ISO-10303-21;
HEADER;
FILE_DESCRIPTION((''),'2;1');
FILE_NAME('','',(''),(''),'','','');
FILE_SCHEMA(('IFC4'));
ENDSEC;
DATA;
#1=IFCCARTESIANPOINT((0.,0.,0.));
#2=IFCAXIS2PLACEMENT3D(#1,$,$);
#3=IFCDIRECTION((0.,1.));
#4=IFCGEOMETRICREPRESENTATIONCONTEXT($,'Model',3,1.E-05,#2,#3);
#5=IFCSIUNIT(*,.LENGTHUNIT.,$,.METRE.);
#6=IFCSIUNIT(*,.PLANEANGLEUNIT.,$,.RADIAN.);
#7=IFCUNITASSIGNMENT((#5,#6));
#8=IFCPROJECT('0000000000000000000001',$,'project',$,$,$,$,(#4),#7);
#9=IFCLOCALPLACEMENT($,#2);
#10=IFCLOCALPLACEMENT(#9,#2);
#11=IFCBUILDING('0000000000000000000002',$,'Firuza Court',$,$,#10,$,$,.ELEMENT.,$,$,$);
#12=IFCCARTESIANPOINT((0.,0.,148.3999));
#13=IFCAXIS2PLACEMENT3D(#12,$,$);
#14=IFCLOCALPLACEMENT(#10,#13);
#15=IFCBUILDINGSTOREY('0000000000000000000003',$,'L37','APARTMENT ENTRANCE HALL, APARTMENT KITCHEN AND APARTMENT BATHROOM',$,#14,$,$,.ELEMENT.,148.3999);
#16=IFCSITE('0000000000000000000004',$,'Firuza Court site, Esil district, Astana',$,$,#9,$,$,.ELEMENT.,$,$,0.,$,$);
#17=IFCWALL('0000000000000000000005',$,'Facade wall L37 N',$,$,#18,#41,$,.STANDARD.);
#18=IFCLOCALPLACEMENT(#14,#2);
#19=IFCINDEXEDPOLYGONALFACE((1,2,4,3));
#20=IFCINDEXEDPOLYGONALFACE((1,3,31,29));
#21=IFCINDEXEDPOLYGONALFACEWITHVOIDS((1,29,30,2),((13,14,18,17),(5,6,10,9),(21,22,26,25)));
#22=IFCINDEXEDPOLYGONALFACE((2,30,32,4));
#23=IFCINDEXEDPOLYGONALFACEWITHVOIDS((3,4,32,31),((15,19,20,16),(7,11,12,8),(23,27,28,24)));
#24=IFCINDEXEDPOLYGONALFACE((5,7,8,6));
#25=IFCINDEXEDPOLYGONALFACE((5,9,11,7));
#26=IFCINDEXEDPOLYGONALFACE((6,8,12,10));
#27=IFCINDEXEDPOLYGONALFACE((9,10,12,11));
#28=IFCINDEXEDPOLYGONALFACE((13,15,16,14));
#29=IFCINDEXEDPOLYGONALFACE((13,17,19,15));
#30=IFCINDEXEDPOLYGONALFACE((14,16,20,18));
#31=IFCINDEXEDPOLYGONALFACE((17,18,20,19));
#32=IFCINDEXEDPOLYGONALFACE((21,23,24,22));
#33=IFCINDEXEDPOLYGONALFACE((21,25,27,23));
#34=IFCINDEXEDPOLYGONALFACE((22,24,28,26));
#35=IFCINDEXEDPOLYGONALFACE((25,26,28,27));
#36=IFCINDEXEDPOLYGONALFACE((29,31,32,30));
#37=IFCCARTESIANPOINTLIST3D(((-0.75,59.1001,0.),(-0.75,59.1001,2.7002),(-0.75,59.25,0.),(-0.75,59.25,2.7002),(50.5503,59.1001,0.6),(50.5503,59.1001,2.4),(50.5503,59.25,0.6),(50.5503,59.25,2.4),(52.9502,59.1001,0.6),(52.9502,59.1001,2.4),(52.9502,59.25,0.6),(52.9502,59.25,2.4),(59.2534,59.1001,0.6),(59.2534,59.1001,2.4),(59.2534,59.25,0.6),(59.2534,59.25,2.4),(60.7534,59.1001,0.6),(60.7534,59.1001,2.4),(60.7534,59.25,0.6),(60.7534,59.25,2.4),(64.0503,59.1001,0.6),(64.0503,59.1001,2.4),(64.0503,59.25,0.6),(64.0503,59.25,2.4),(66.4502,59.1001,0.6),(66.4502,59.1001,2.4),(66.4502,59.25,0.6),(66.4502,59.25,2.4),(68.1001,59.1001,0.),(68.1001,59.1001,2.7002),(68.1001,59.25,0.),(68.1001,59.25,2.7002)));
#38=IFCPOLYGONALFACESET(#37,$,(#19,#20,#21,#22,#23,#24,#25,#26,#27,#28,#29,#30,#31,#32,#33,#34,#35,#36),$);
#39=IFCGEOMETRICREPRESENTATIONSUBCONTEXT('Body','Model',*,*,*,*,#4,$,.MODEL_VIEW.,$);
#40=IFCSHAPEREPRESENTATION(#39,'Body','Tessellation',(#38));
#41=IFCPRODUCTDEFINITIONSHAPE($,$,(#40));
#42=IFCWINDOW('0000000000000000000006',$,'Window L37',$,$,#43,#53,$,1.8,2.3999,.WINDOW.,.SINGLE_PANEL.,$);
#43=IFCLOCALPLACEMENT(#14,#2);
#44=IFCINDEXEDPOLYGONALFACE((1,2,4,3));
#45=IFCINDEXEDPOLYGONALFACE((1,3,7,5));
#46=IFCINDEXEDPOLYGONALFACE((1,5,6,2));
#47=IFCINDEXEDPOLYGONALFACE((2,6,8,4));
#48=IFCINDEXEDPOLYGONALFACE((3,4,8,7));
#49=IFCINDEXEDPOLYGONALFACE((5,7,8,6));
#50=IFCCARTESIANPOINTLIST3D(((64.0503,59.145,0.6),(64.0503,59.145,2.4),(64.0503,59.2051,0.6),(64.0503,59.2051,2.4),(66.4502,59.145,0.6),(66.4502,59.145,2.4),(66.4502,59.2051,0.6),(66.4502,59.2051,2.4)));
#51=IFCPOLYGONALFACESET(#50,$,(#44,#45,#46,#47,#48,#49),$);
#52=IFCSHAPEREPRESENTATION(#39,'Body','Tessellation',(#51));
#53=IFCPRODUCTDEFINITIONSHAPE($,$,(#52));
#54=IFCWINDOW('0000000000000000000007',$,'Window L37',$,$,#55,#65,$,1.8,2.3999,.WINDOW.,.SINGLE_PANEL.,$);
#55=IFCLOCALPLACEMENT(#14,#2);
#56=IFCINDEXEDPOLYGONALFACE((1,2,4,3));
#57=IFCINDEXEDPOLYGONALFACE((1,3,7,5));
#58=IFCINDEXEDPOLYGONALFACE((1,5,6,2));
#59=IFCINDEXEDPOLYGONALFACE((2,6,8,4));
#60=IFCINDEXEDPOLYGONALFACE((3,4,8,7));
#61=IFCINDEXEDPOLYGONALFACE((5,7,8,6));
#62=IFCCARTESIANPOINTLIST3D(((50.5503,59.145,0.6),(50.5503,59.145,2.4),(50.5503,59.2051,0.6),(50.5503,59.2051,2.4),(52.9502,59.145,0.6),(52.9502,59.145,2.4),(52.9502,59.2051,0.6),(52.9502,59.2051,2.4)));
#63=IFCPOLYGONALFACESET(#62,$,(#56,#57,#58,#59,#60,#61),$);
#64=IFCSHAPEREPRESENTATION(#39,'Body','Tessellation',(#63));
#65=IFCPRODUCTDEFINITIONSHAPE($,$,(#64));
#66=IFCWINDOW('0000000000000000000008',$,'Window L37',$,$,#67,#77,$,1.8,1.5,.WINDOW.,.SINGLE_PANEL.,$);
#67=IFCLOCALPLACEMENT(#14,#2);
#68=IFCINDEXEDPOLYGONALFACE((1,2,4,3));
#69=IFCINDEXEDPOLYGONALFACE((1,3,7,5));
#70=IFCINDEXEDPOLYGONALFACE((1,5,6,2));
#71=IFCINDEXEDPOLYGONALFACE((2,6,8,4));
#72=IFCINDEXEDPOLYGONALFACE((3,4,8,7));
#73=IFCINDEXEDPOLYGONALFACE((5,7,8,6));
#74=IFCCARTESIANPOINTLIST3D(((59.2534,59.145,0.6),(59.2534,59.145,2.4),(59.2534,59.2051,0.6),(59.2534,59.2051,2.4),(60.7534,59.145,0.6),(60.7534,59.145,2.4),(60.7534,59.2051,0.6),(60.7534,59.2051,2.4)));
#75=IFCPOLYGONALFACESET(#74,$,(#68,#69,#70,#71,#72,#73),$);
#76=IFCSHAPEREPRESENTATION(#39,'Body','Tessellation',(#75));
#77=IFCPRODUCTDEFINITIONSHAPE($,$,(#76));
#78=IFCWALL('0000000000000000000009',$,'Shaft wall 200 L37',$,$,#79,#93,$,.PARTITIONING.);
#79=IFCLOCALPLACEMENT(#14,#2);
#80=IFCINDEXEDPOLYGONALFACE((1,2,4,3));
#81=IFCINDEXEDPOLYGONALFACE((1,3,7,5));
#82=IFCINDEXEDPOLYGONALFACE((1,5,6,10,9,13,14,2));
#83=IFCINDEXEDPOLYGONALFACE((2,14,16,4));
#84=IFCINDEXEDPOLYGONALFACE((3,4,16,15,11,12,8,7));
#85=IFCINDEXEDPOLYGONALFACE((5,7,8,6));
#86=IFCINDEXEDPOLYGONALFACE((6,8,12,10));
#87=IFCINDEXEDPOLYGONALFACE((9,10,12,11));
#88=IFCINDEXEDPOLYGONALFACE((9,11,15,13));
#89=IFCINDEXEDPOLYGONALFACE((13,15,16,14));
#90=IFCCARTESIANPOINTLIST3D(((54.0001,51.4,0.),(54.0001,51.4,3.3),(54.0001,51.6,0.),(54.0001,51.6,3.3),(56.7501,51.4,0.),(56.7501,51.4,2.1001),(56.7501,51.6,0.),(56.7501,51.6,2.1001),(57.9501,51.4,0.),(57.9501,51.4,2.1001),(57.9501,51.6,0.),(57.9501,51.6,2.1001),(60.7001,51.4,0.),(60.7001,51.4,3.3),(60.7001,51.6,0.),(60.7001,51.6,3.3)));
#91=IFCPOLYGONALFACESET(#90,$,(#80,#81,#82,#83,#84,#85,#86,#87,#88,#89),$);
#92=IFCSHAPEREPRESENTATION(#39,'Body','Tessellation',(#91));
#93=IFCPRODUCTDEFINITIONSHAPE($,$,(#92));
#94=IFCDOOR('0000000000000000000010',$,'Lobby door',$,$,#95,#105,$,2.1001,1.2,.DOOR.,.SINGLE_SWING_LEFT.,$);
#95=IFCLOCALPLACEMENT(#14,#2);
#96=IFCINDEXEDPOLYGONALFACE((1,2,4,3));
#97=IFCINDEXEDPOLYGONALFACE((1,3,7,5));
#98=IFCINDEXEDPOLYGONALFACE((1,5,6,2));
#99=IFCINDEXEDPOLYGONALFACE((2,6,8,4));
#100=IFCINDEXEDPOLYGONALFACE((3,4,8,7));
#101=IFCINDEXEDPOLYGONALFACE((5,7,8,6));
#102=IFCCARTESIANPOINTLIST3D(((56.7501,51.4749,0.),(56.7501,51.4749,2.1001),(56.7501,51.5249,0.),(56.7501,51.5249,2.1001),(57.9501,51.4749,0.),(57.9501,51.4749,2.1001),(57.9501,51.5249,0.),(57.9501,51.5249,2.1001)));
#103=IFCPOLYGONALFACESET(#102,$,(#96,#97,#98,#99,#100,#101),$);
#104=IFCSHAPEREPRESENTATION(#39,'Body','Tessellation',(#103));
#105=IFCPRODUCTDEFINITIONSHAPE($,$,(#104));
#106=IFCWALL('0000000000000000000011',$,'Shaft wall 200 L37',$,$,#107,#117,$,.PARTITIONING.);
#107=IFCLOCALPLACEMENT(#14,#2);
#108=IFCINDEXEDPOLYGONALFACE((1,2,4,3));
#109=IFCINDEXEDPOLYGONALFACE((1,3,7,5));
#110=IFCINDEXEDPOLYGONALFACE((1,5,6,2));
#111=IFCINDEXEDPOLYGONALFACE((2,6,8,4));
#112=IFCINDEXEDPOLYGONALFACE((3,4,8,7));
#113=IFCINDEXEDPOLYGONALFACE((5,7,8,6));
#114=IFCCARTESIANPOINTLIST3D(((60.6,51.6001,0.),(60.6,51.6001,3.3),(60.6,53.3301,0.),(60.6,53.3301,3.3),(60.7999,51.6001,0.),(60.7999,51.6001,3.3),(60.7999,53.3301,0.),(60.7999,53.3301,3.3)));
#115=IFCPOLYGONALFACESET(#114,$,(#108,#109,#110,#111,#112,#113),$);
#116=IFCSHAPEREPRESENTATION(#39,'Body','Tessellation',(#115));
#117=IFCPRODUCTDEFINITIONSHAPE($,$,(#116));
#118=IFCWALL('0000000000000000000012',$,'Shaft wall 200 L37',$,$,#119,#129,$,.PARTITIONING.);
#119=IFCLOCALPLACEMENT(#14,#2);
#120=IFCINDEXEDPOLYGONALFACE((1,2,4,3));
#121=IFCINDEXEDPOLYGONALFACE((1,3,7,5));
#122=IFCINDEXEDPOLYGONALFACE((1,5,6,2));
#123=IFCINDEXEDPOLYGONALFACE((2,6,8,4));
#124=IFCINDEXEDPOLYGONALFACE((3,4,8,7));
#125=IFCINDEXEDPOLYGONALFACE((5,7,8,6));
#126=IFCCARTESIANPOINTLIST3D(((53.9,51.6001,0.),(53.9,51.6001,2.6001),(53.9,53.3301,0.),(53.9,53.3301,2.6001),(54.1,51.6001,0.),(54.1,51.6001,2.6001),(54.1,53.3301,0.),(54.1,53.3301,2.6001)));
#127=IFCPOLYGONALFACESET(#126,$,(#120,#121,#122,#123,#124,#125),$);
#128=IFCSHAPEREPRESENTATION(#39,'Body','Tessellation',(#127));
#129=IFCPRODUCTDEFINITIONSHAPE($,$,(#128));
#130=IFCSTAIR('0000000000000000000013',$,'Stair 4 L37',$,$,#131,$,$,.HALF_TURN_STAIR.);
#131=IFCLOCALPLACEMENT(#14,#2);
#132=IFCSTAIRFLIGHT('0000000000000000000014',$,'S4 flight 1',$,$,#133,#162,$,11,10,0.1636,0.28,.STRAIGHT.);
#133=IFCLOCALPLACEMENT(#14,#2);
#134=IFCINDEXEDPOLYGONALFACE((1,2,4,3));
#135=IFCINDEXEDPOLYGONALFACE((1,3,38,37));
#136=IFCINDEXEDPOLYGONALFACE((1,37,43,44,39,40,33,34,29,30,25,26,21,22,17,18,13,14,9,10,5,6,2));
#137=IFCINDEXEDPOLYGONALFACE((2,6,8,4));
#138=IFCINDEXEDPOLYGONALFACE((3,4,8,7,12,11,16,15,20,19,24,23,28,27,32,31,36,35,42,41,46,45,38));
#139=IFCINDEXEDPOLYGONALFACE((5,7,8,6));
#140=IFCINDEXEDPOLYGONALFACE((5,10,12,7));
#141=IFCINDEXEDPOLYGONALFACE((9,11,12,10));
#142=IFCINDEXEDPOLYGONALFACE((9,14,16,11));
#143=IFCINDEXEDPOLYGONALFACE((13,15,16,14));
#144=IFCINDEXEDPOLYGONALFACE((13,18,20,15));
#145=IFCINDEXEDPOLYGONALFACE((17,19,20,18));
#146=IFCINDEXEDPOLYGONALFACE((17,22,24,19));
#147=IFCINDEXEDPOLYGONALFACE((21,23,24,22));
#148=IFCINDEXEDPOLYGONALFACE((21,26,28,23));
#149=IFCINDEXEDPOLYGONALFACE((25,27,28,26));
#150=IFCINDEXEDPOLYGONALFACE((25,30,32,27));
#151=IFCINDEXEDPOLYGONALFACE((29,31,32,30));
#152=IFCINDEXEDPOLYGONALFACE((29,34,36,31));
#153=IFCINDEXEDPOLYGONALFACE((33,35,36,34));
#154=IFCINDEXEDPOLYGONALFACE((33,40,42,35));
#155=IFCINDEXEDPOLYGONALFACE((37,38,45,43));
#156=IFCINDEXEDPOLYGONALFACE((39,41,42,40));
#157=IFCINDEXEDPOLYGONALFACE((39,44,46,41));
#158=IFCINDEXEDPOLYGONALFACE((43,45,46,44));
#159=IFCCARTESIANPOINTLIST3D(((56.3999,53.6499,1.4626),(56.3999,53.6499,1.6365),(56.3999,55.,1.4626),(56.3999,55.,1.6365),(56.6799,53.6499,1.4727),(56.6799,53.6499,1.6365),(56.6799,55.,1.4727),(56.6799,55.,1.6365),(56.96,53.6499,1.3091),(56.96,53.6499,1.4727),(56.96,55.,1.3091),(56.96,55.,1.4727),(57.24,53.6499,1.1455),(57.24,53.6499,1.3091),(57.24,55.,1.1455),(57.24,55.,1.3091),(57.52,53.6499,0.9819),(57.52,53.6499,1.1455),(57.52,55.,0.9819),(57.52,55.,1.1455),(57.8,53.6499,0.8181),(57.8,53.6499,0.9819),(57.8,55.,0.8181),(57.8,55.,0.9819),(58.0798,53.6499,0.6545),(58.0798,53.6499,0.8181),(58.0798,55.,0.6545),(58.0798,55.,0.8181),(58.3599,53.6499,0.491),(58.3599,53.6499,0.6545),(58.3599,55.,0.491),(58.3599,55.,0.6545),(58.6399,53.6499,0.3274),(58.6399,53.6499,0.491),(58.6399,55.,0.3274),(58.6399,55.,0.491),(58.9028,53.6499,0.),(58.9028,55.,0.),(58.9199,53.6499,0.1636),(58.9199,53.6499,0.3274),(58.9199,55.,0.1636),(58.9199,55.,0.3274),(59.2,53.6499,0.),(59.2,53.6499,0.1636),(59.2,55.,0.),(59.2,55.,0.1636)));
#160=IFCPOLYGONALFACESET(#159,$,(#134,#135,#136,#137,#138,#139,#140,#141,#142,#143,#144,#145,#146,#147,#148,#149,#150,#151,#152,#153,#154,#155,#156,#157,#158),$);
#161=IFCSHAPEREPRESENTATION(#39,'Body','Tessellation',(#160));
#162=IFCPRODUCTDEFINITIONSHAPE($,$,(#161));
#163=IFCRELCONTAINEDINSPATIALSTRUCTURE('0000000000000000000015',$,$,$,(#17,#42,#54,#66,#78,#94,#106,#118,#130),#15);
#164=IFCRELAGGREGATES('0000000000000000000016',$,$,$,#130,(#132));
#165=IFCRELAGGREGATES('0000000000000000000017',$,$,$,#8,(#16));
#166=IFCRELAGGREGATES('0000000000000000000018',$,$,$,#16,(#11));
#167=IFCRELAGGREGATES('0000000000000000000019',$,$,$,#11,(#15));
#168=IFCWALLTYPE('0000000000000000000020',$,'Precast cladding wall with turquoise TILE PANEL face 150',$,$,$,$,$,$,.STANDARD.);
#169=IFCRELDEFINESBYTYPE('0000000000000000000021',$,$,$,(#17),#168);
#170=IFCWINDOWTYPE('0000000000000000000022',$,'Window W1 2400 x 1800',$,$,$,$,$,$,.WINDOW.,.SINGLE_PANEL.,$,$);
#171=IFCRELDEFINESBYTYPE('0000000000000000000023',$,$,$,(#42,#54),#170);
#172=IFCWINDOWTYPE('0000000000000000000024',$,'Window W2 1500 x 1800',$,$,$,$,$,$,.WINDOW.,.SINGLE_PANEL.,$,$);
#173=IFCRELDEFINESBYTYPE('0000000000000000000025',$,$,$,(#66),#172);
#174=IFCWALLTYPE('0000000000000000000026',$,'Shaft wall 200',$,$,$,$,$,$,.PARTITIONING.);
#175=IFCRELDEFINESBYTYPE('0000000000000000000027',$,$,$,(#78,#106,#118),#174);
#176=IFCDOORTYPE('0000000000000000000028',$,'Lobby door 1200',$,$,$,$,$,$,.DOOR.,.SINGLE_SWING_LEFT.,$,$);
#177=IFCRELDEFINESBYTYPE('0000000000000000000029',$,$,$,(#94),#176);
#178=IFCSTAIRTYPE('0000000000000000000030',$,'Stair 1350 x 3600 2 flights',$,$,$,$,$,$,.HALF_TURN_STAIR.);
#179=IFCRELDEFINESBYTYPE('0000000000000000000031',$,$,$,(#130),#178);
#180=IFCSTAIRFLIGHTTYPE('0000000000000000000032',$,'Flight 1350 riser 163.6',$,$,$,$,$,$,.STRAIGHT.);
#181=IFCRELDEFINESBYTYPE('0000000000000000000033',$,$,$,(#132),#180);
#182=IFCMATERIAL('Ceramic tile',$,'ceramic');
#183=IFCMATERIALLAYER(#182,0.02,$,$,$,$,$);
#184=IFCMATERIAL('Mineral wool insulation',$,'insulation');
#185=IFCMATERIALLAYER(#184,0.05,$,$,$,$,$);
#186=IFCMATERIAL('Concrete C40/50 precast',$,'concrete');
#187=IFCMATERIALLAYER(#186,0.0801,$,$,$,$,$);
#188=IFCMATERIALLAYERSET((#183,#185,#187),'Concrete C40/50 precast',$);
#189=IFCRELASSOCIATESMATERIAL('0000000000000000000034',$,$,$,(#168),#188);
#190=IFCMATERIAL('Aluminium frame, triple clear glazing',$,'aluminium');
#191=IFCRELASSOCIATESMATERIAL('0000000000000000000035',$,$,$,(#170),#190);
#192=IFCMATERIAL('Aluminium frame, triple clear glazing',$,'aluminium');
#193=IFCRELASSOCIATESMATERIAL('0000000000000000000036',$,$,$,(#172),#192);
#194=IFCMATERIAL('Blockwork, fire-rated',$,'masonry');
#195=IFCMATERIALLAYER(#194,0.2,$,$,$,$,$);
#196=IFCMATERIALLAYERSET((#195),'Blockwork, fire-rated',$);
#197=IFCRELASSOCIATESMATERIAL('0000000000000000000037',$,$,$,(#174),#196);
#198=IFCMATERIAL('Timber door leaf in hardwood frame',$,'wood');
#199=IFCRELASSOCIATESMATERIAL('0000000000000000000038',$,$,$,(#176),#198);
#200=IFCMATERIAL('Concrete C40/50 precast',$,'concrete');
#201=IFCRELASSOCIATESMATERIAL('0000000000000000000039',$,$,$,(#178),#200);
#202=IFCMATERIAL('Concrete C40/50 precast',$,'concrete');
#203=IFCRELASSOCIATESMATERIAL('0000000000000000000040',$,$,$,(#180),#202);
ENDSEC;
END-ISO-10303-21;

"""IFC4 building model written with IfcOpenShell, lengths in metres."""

from ifc_helpers import new_model, si_unit, direction, frame, frame_2d, origin, place, context, subcontext, project, spatial, polyline, rectangle, outline, extrude, material, layer, layer_set, type_object, element, fill, aggregate, save


model = new_model("IFC4")

# Units and contexts
model_context = context("Model", 3, precision=1e-05, world=origin(), true_north=direction((0.0, 1.0)))
body_context = subcontext(model_context, "Body", "Model", "MODEL_VIEW")
ifc_project = project(units=[si_unit("LENGTHUNIT", "METRE"), si_unit("PLANEANGLEUNIT", "RADIAN")], contexts=[model_context])

# Site, building, storey
site_placement = place(None, origin())
site = spatial("IfcSite", under=ifc_project, at=site_placement, Name="Firuza Court site, Esil district, Astana", CompositionType="ELEMENT", RefElevation=0.0)
building_placement = place(site_placement, origin())
building = spatial("IfcBuilding", under=site, at=building_placement, Name="Firuza Court", CompositionType="ELEMENT")
storey_placement = place(building_placement, frame((0.0, 0.0, 148.3999)))
storey = spatial("IfcBuildingStorey", under=building, at=storey_placement, Name="L37", Description="APARTMENT ENTRANCE HALL, APARTMENT KITCHEN AND APARTMENT BATHROOM", CompositionType="ELEMENT", Elevation=148.3999)

# Wall, openings, windows
ifc_material_1 = material(Name="Ceramic tile", Category="ceramic")
ifc_layer_1 = layer(ifc_material_1, 0.02)
ifc_material_2 = material(Name="Mineral wool insulation", Category="insulation")
ifc_layer_2 = layer(ifc_material_2, 0.05)
ifc_material_3 = material(Name="Concrete C40/50 precast", Category="concrete")
ifc_layer_3 = layer(ifc_material_3, 0.0801)
ifc_layer_set_1 = layer_set([ifc_layer_1, ifc_layer_2, ifc_layer_3], Name="Concrete C40/50 precast")
wall_type_1 = type_object("IfcWallType", Name="Precast cladding wall with turquoise TILE PANEL face 150", PredefinedType="STANDARD", material=ifc_layer_set_1)
wall_1_placement = place(storey_placement, frame((68.1001, 59.175, 0.0), z_axis=(0.0, 0.0, 1.0), x_axis=(-1.0, 0.0, 0.0)))
wall_1 = element("IfcWall", 1, at=wall_1_placement, inside=storey, type_object=wall_type_1, Name="Facade wall L37 N", PredefinedType="STANDARD", context=body_context, shape_type="SweptSolid", body=[
    extrude(rectangle(XDim=68.8501, YDim=0.1499, at=frame_2d((34.425, 0.0))), origin(), (0.0, 0.0, 1.0), 2.7002),
])
opening_1_placement = place(wall_1_placement, frame((1.6499, 0.0, 0.6001)))
opening_1 = element("IfcOpeningElement", 2, at=opening_1_placement, cuts=wall_1, PredefinedType="OPENING", context=body_context, shape_type="SweptSolid", body=[
    extrude(rectangle(XDim=2.3999, YDim=1.8, at=frame_2d((1.2, 0.8999))), frame((0.0, 0.0869, 0.0), z_axis=(0.0, -1.0, 0.0), x_axis=(1.0, 0.0, 0.0)), (0.0, 0.0, 1.0), 0.1738),
])
opening_2_placement = place(wall_1_placement, frame((7.3467, 0.0, 0.6001)))
opening_2 = element("IfcOpeningElement", 3, at=opening_2_placement, cuts=wall_1, PredefinedType="OPENING", context=body_context, shape_type="SweptSolid", body=[
    extrude(rectangle(XDim=1.5, YDim=1.8, at=frame_2d((0.75, 0.8999))), frame((0.0, 0.0869, 0.0), z_axis=(0.0, -1.0, 0.0), x_axis=(1.0, 0.0, 0.0)), (0.0, 0.0, 1.0), 0.1738),
])
opening_3_placement = place(wall_1_placement, frame((15.1499, 0.0, 0.6001)))
opening_3 = element("IfcOpeningElement", 4, at=opening_3_placement, cuts=wall_1, PredefinedType="OPENING", context=body_context, shape_type="SweptSolid", body=[
    extrude(rectangle(XDim=2.3999, YDim=1.8, at=frame_2d((1.2, 0.8999))), frame((0.0, 0.0869, 0.0), z_axis=(0.0, -1.0, 0.0), x_axis=(1.0, 0.0, 0.0)), (0.0, 0.0, 1.0), 0.1738),
])
ifc_material_4 = material(Name="Aluminium frame, triple clear glazing", Category="aluminium")
window_type_1 = type_object("IfcWindowType", Name="Window W1 2400 x 1800", PartitioningType="SINGLE_PANEL", PredefinedType="WINDOW", material=ifc_material_4)
window_1_placement = place(opening_1_placement, origin())
window_1 = element("IfcWindow", 5, at=window_1_placement, inside=storey, type_object=window_type_1, Name="Window L37", OverallHeight=1.8, OverallWidth=2.3999, PartitioningType="SINGLE_PANEL", PredefinedType="WINDOW", context=body_context, shape_type="SweptSolid", body=[
    extrude(rectangle(XDim=2.3999, YDim=1.8, at=frame_2d((1.2, 0.8999))), frame((0.0, 0.03, 0.0), z_axis=(0.0, -1.0, 0.0), x_axis=(1.0, 0.0, 0.0)), (0.0, 0.0, 1.0), 0.0601),
])
fill(opening_1, window_1)
window_2_placement = place(opening_3_placement, origin())
window_2 = element("IfcWindow", 6, at=window_2_placement, inside=storey, type_object=window_type_1, Name="Window L37", OverallHeight=1.8, OverallWidth=2.3999, PartitioningType="SINGLE_PANEL", PredefinedType="WINDOW", context=body_context, shape_type="SweptSolid", body=[
    extrude(rectangle(XDim=2.3999, YDim=1.8, at=frame_2d((1.2, 0.8999))), frame((0.0, 0.03, 0.0), z_axis=(0.0, -1.0, 0.0), x_axis=(1.0, 0.0, 0.0)), (0.0, 0.0, 1.0), 0.0601),
])
fill(opening_3, window_2)
ifc_material_5 = material(Name="Aluminium frame, triple clear glazing", Category="aluminium")
window_type_2 = type_object("IfcWindowType", Name="Window W2 1500 x 1800", PartitioningType="SINGLE_PANEL", PredefinedType="WINDOW", material=ifc_material_5)
window_3_placement = place(opening_2_placement, origin())
window_3 = element("IfcWindow", 7, at=window_3_placement, inside=storey, type_object=window_type_2, Name="Window L37", OverallHeight=1.8, OverallWidth=1.5, PartitioningType="SINGLE_PANEL", PredefinedType="WINDOW", context=body_context, shape_type="SweptSolid", body=[
    extrude(rectangle(XDim=1.5, YDim=1.8, at=frame_2d((0.75, 0.8999))), frame((0.0, 0.03, 0.0), z_axis=(0.0, -1.0, 0.0), x_axis=(1.0, 0.0, 0.0)), (0.0, 0.0, 1.0), 0.0601),
])
fill(opening_2, window_3)

# Wall, opening, door
ifc_material_6 = material(Name="Blockwork, fire-rated", Category="masonry")
ifc_layer_4 = layer(ifc_material_6, 0.2)
ifc_layer_set_2 = layer_set([ifc_layer_4], Name="Blockwork, fire-rated")
wall_type_2 = type_object("IfcWallType", Name="Shaft wall 200", PredefinedType="PARTITIONING", material=ifc_layer_set_2)
wall_2_placement = place(storey_placement, frame((54.0, 51.5, 0.0), z_axis=(0.0, 0.0, 1.0), x_axis=(1.0, 0.0, 0.0)))
wall_2 = element("IfcWall", 8, at=wall_2_placement, inside=storey, type_object=wall_type_2, Name="Shaft wall 200 L37", PredefinedType="PARTITIONING", context=body_context, shape_type="SweptSolid", body=[
    extrude(rectangle(XDim=6.7, YDim=0.2, at=frame_2d((3.3501, 0.0))), origin(), (0.0, 0.0, 1.0), 3.3),
])
opening_4_placement = place(wall_2_placement, frame((2.75, 0.0, 0.0)))
opening_4 = element("IfcOpeningElement", 9, at=opening_4_placement, cuts=wall_2, PredefinedType="OPENING", context=body_context, shape_type="SweptSolid", body=[
    extrude(rectangle(XDim=1.2, YDim=2.1001, at=frame_2d((0.6001, 1.05))), frame((0.0, 0.1118, 0.0), z_axis=(0.0, -1.0, 0.0), x_axis=(1.0, 0.0, 0.0)), (0.0, 0.0, 1.0), 0.2239),
])
ifc_material_7 = material(Name="Timber door leaf in hardwood frame", Category="wood")
door_type_1 = type_object("IfcDoorType", Name="Lobby door 1200", OperationType="SINGLE_SWING_LEFT", PredefinedType="DOOR", material=ifc_material_7)
door_1_placement = place(opening_4_placement, origin())
door_1 = element("IfcDoor", 10, at=door_1_placement, inside=storey, type_object=door_type_1, Name="Lobby door", OperationType="SINGLE_SWING_LEFT", OverallHeight=2.1001, OverallWidth=1.2, PredefinedType="DOOR", context=body_context, shape_type="SweptSolid", body=[
    extrude(rectangle(XDim=1.2, YDim=2.1001, at=frame_2d((0.6001, 1.05))), frame((0.0, 0.0249, 0.0), z_axis=(0.0, -1.0, 0.0), x_axis=(1.0, 0.0, 0.0)), (0.0, 0.0, 1.0), 0.05),
])
fill(opening_4, door_1)

# Walls
wall_3_placement = place(storey_placement, frame((60.7, 51.6001, 0.0), z_axis=(0.0, 0.0, 1.0), x_axis=(0.0, 1.0, 0.0)))
element("IfcWall", 11, at=wall_3_placement, inside=storey, type_object=wall_type_2, Name="Shaft wall 200 L37", PredefinedType="PARTITIONING", context=body_context, shape_type="SweptSolid", body=[
    extrude(rectangle(XDim=1.73, YDim=0.2, at=frame_2d((0.865, 0.0))), origin(), (0.0, 0.0, 1.0), 3.3),
])
wall_4_placement = place(storey_placement, frame((54.0, 51.6001, 0.0), z_axis=(0.0, 0.0, 1.0), x_axis=(0.0, 1.0, 0.0)))
element("IfcWall", 12, at=wall_4_placement, inside=storey, type_object=wall_type_2, Name="Shaft wall 200 L37", PredefinedType="PARTITIONING", context=body_context, shape_type="SweptSolid", body=[
    extrude(rectangle(XDim=1.73, YDim=0.2, at=frame_2d((0.865, 0.0))), origin(), (0.0, 0.0, 1.0), 2.6001),
])

# Stair, stair flight
ifc_material_8 = material(Name="Concrete C40/50 precast", Category="concrete")
stair_type = type_object("IfcStairType", Name="Stair 1350 x 3600 2 flights", PredefinedType="HALF_TURN_STAIR", material=ifc_material_8)
stair_placement = place(storey_placement, origin())
stair = element("IfcStair", 13, at=stair_placement, inside=storey, type_object=stair_type, Name="Stair 4 L37", PredefinedType="HALF_TURN_STAIR")
ifc_material_9 = material(Name="Concrete C40/50 precast", Category="concrete")
stair_flight_type = type_object("IfcStairFlightType", Name="Flight 1350 riser 163.6", PredefinedType="STRAIGHT", material=ifc_material_9)
stair_flight_1_placement = place(storey_placement, frame((59.2, 54.325, 0.0), z_axis=(0.0, 0.0, 1.0), x_axis=(-1.0, 0.0, 0.0)))
stair_flight_1 = element("IfcStairFlight", 14, at=stair_flight_1_placement, type_object=stair_flight_type, Name="S4 flight 1", NumberOfRisers=11, NumberOfTreads=10, PredefinedType="STRAIGHT", RiserHeight=0.1636, TreadLength=0.28, context=body_context, shape_type="SweptSolid", body=[
    extrude(outline(polyline([(0.0, 0.0), (0.0, 0.1636), (0.28, 0.1636), (0.28, 0.3274), (0.5601, 0.3274), (0.5601, 0.491), (0.8401, 0.491), (0.8401, 0.6545), (1.1201, 0.6545), (1.1201, 0.8181), (1.3999, 0.8181), (1.3999, 0.9819), (1.6799, 0.9819), (1.6799, 1.1455), (1.96, 1.1455), (1.96, 1.3091), (2.24, 1.3091), (2.24, 1.4727), (2.52, 1.4727), (2.52, 1.6365), (2.8, 1.6365), (2.8, 1.8), (2.8, 1.4626), (0.2971, 0.0), (0.0, 0.0)])), frame((0.0, 0.675, 0.0), z_axis=(0.0, -1.0, 0.0), x_axis=(1.0, 0.0, 0.0)), (0.0, 0.0, 1.0), 1.3501),
])
aggregate(stair, [stair_flight_1])

save(model, "model.ifc")
